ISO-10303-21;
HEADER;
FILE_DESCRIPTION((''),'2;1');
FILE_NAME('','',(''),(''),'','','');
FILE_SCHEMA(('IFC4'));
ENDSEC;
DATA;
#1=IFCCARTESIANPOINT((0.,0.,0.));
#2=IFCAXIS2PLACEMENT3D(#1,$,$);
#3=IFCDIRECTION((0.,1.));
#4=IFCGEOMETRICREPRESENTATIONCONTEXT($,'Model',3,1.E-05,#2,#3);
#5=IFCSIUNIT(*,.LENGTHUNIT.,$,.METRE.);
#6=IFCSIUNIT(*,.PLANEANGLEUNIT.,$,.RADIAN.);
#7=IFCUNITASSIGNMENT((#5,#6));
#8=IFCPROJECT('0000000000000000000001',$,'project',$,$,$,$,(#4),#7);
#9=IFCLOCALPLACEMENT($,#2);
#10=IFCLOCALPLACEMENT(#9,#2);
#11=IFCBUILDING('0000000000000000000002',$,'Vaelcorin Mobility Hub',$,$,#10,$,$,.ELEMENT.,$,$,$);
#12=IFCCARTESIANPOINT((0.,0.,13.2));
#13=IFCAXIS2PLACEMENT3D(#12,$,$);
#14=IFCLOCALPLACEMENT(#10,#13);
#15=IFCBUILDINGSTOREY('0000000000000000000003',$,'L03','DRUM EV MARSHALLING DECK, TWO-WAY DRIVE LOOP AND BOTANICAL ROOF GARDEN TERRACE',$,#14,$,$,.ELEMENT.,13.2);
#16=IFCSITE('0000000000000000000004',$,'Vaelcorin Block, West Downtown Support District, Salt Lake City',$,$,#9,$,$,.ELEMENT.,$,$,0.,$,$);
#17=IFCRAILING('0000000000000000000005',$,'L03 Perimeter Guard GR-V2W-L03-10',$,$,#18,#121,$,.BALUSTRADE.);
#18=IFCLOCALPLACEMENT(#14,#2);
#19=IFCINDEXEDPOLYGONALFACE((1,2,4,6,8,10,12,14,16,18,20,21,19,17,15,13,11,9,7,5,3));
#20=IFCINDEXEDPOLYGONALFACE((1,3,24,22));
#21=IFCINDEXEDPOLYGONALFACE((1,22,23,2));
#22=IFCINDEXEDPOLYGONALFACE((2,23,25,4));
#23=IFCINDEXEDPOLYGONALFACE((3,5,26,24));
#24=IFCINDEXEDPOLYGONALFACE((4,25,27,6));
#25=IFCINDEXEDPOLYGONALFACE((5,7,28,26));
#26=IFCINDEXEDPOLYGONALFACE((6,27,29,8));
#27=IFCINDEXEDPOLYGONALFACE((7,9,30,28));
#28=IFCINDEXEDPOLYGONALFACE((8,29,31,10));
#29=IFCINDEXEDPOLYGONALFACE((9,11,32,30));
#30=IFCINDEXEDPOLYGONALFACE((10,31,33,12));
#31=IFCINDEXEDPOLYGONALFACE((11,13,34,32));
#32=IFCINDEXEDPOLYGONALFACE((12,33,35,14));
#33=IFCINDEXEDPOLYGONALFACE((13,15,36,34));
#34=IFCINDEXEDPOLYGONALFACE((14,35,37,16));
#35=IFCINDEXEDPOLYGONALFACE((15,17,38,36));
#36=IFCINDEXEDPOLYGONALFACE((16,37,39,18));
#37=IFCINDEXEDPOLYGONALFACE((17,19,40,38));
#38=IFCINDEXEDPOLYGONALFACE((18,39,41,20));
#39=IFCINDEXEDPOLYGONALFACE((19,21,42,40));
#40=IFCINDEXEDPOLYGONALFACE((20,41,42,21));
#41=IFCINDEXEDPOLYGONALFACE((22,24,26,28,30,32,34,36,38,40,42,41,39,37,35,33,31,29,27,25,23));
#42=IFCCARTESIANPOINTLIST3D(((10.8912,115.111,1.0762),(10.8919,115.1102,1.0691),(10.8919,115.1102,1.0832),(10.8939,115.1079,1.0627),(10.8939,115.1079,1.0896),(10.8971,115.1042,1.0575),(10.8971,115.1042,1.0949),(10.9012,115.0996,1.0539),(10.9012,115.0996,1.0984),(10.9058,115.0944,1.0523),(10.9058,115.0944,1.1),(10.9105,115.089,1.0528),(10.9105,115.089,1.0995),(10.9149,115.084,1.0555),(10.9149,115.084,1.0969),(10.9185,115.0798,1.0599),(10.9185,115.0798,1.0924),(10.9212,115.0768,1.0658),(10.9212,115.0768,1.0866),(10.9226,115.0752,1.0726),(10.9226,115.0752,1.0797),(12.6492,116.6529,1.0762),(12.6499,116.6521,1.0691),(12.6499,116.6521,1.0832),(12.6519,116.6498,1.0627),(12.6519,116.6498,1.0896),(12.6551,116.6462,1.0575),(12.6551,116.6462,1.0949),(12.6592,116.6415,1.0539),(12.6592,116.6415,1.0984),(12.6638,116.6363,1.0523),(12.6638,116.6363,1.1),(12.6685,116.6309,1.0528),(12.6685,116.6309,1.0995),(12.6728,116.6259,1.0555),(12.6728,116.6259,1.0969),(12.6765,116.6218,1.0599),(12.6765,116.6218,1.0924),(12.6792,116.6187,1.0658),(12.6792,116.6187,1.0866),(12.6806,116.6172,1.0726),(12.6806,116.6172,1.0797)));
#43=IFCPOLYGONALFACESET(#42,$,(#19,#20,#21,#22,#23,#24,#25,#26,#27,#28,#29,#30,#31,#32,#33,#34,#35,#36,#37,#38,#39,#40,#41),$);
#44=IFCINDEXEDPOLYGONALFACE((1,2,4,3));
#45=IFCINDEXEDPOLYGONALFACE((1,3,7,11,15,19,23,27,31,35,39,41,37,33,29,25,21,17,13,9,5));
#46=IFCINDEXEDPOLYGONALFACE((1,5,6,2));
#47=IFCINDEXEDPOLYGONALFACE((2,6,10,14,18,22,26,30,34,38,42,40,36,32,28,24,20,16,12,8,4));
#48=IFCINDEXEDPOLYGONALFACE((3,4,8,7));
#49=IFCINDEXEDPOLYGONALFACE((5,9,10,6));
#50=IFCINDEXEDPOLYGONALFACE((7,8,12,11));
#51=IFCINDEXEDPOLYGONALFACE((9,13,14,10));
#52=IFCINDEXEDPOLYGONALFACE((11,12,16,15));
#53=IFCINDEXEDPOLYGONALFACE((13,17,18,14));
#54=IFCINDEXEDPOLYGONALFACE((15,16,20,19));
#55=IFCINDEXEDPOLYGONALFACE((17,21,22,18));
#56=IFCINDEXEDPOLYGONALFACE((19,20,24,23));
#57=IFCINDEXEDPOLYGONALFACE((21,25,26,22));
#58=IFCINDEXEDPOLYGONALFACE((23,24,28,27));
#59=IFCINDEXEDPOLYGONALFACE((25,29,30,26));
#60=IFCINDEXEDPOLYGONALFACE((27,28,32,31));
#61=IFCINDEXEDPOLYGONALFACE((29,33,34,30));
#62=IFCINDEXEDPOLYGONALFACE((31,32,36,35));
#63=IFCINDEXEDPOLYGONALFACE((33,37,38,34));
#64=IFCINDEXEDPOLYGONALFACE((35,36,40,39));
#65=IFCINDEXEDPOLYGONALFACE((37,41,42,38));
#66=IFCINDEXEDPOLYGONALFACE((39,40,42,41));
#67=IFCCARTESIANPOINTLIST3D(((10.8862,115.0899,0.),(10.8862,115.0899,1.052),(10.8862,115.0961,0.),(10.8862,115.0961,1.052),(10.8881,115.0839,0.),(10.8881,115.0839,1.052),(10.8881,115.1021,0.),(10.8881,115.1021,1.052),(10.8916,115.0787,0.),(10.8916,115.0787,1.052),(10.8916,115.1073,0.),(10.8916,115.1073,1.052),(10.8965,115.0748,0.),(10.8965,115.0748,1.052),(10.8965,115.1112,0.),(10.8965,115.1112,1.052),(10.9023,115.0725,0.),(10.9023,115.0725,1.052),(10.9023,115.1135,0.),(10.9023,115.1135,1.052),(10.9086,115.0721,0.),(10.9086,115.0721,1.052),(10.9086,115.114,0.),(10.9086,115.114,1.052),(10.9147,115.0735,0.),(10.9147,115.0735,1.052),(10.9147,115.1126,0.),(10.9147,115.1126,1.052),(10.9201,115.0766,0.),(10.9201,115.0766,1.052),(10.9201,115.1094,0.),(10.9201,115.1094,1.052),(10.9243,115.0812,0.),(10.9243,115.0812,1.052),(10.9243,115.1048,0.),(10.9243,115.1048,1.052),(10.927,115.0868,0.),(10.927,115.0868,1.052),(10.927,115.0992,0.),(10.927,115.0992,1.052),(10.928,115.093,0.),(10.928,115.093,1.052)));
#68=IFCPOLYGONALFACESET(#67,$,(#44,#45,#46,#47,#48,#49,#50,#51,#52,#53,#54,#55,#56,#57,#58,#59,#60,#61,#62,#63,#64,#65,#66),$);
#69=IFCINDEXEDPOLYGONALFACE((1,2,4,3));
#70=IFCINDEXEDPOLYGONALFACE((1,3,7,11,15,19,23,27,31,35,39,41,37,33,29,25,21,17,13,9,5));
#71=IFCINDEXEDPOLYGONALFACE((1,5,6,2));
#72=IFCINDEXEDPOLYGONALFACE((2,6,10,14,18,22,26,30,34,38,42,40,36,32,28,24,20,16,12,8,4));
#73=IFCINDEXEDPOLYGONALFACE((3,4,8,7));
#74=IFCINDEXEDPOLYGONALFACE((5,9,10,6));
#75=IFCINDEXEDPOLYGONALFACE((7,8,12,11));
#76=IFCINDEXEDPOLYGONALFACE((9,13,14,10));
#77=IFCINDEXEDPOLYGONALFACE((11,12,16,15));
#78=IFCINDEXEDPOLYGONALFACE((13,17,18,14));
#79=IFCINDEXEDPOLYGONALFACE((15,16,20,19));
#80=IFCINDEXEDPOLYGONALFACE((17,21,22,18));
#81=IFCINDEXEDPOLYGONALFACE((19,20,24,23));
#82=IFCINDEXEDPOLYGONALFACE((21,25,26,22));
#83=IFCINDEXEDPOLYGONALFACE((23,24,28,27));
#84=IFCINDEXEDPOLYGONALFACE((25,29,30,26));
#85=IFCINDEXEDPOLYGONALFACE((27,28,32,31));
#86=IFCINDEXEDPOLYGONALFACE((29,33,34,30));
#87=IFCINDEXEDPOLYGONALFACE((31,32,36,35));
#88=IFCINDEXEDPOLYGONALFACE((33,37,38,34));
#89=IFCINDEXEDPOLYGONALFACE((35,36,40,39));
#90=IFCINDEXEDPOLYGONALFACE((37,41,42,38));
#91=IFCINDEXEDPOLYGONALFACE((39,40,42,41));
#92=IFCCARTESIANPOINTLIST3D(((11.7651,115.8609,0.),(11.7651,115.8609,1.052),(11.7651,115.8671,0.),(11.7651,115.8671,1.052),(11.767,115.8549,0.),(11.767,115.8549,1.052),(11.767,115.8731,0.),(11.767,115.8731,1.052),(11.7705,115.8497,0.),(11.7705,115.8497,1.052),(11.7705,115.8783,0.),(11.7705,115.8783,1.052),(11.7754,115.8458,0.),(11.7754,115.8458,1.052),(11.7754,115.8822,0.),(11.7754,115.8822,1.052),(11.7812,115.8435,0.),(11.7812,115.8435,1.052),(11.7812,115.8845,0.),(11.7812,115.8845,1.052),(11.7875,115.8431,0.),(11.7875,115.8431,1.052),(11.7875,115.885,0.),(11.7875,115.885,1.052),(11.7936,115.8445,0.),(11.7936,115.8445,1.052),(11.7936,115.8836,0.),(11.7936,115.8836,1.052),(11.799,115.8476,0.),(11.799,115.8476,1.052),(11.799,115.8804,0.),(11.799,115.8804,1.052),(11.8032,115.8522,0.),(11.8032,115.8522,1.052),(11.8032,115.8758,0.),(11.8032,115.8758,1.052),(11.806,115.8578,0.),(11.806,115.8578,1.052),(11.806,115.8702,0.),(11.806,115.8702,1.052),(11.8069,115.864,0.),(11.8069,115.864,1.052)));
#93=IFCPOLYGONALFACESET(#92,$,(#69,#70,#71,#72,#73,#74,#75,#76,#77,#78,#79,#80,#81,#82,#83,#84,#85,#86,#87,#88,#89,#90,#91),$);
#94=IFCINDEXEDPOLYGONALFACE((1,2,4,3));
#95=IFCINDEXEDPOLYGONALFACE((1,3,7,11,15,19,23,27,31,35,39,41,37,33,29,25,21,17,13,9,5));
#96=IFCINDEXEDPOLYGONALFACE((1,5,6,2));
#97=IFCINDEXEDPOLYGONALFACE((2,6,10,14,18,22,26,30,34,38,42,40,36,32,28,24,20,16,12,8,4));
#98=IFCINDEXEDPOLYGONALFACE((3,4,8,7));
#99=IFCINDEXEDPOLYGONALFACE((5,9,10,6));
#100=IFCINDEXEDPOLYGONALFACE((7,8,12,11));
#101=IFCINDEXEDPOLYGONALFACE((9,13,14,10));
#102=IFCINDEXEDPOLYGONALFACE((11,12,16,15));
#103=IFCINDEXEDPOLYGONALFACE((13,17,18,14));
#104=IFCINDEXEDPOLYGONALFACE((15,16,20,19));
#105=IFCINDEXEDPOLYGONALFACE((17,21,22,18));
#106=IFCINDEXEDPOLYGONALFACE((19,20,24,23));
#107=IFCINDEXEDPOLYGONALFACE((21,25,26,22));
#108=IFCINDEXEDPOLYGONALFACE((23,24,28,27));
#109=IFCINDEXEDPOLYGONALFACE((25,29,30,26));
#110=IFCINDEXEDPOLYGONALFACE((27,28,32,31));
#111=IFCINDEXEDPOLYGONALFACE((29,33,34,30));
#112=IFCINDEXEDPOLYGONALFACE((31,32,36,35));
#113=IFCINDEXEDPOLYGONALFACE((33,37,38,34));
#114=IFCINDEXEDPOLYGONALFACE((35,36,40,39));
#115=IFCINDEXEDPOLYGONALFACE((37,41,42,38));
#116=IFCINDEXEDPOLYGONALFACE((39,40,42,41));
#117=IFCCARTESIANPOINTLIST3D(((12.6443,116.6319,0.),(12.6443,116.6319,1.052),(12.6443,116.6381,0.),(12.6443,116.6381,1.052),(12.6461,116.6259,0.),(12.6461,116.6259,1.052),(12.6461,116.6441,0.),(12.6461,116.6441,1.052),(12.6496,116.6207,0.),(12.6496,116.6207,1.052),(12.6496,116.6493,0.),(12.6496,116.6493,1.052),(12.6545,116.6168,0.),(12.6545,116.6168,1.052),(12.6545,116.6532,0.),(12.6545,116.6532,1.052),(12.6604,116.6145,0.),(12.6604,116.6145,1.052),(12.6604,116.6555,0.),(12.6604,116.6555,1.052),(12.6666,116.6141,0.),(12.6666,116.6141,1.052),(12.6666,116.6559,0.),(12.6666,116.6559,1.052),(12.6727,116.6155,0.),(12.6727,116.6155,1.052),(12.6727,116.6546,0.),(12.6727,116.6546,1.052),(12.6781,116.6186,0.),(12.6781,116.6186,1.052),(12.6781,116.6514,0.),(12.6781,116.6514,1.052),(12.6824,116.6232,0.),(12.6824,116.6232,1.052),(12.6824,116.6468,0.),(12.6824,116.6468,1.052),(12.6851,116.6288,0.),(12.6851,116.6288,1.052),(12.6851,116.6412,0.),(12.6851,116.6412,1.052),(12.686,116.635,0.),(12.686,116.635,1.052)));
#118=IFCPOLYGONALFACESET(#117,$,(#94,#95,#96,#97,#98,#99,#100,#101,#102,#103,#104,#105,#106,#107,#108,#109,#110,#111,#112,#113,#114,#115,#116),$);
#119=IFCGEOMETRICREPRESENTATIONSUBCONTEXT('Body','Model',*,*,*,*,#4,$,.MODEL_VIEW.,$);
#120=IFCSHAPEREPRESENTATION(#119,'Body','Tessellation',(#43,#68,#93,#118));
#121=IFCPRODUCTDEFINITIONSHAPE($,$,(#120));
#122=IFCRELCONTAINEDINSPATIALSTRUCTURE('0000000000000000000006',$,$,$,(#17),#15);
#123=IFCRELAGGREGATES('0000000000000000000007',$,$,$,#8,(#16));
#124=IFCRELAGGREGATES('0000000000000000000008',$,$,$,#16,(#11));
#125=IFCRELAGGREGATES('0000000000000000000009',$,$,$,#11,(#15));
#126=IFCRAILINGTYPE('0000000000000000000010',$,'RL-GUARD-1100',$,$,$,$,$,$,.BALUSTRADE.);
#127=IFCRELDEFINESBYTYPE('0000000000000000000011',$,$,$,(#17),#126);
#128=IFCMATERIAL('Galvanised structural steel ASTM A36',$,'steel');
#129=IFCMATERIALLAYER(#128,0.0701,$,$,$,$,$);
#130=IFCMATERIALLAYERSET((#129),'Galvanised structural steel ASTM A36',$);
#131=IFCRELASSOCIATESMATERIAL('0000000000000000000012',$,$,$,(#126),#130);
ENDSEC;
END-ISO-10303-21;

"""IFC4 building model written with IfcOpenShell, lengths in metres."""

from ifc_helpers import new_model, si_unit, direction, frame, origin, origin_2d, place, context, subcontext, project, spatial, circle, extrude, material, layer, layer_set, type_object, element, save


model = new_model("IFC4")

# Units and contexts
model_context = context("Model", 3, precision=1e-05, world=origin(), true_north=direction((0.0, 1.0)))
body_context = subcontext(model_context, "Body", "Model", "MODEL_VIEW")
ifc_project = project(units=[si_unit("LENGTHUNIT", "METRE"), si_unit("PLANEANGLEUNIT", "RADIAN")], contexts=[model_context])

# Site, building, storey
site_placement = place(None, origin())
site = spatial("IfcSite", under=ifc_project, at=site_placement, Name="Vaelcorin Block, West Downtown Support District, Salt Lake City", CompositionType="ELEMENT", RefElevation=0.0)
building_placement = place(site_placement, origin())
building = spatial("IfcBuilding", under=site, at=building_placement, Name="Vaelcorin Mobility Hub", CompositionType="ELEMENT")
storey_placement = place(building_placement, frame((0.0, 0.0, 13.2)))
storey = spatial("IfcBuildingStorey", under=building, at=storey_placement, Name="L03", Description="DRUM EV MARSHALLING DECK, TWO-WAY DRIVE LOOP AND BOTANICAL ROOF GARDEN TERRACE", CompositionType="ELEMENT", Elevation=13.2)

# Railing
ifc_material_1 = material(Name="Galvanised structural steel ASTM A36", Category="steel")
ifc_layer_1 = layer(ifc_material_1, 0.0701)
ifc_layer_set_1 = layer_set([ifc_layer_1], Name="Galvanised structural steel ASTM A36")
railing_type = type_object("IfcRailingType", Name="RL-GUARD-1100", PredefinedType="BALUSTRADE", material=ifc_layer_set_1)
railing_1_placement = place(storey_placement, frame((10.907, 115.093, 0.0)))
element("IfcRailing", 1, at=railing_1_placement, inside=storey, type_object=railing_type, Name="L03 Perimeter Guard GR-V2W-L03-10", PredefinedType="BALUSTRADE", context=body_context, shape_type="SweptSolid", body=[
    extrude(circle(Radius=0.0239, at=origin_2d()), frame((0.0, 0.0, 1.0762), z_axis=(0.751794, 0.659398, 0.0), x_axis=(-0.659398, 0.751794, 0.0)), (0.0, 0.0, 1.0), 2.3384),
    extrude(circle(Radius=0.021, at=origin_2d()), origin(), (0.0, 0.0, 1.0), 1.052),
    extrude(circle(Radius=0.021, at=origin_2d()), frame((0.8789, 0.771, 0.0)), (0.0, 0.0, 1.0), 1.052),
    extrude(circle(Radius=0.021, at=origin_2d()), frame((1.7581, 1.542, 0.0)), (0.0, 0.0, 1.0), 1.052),
])

save(model, "model.ifc")
